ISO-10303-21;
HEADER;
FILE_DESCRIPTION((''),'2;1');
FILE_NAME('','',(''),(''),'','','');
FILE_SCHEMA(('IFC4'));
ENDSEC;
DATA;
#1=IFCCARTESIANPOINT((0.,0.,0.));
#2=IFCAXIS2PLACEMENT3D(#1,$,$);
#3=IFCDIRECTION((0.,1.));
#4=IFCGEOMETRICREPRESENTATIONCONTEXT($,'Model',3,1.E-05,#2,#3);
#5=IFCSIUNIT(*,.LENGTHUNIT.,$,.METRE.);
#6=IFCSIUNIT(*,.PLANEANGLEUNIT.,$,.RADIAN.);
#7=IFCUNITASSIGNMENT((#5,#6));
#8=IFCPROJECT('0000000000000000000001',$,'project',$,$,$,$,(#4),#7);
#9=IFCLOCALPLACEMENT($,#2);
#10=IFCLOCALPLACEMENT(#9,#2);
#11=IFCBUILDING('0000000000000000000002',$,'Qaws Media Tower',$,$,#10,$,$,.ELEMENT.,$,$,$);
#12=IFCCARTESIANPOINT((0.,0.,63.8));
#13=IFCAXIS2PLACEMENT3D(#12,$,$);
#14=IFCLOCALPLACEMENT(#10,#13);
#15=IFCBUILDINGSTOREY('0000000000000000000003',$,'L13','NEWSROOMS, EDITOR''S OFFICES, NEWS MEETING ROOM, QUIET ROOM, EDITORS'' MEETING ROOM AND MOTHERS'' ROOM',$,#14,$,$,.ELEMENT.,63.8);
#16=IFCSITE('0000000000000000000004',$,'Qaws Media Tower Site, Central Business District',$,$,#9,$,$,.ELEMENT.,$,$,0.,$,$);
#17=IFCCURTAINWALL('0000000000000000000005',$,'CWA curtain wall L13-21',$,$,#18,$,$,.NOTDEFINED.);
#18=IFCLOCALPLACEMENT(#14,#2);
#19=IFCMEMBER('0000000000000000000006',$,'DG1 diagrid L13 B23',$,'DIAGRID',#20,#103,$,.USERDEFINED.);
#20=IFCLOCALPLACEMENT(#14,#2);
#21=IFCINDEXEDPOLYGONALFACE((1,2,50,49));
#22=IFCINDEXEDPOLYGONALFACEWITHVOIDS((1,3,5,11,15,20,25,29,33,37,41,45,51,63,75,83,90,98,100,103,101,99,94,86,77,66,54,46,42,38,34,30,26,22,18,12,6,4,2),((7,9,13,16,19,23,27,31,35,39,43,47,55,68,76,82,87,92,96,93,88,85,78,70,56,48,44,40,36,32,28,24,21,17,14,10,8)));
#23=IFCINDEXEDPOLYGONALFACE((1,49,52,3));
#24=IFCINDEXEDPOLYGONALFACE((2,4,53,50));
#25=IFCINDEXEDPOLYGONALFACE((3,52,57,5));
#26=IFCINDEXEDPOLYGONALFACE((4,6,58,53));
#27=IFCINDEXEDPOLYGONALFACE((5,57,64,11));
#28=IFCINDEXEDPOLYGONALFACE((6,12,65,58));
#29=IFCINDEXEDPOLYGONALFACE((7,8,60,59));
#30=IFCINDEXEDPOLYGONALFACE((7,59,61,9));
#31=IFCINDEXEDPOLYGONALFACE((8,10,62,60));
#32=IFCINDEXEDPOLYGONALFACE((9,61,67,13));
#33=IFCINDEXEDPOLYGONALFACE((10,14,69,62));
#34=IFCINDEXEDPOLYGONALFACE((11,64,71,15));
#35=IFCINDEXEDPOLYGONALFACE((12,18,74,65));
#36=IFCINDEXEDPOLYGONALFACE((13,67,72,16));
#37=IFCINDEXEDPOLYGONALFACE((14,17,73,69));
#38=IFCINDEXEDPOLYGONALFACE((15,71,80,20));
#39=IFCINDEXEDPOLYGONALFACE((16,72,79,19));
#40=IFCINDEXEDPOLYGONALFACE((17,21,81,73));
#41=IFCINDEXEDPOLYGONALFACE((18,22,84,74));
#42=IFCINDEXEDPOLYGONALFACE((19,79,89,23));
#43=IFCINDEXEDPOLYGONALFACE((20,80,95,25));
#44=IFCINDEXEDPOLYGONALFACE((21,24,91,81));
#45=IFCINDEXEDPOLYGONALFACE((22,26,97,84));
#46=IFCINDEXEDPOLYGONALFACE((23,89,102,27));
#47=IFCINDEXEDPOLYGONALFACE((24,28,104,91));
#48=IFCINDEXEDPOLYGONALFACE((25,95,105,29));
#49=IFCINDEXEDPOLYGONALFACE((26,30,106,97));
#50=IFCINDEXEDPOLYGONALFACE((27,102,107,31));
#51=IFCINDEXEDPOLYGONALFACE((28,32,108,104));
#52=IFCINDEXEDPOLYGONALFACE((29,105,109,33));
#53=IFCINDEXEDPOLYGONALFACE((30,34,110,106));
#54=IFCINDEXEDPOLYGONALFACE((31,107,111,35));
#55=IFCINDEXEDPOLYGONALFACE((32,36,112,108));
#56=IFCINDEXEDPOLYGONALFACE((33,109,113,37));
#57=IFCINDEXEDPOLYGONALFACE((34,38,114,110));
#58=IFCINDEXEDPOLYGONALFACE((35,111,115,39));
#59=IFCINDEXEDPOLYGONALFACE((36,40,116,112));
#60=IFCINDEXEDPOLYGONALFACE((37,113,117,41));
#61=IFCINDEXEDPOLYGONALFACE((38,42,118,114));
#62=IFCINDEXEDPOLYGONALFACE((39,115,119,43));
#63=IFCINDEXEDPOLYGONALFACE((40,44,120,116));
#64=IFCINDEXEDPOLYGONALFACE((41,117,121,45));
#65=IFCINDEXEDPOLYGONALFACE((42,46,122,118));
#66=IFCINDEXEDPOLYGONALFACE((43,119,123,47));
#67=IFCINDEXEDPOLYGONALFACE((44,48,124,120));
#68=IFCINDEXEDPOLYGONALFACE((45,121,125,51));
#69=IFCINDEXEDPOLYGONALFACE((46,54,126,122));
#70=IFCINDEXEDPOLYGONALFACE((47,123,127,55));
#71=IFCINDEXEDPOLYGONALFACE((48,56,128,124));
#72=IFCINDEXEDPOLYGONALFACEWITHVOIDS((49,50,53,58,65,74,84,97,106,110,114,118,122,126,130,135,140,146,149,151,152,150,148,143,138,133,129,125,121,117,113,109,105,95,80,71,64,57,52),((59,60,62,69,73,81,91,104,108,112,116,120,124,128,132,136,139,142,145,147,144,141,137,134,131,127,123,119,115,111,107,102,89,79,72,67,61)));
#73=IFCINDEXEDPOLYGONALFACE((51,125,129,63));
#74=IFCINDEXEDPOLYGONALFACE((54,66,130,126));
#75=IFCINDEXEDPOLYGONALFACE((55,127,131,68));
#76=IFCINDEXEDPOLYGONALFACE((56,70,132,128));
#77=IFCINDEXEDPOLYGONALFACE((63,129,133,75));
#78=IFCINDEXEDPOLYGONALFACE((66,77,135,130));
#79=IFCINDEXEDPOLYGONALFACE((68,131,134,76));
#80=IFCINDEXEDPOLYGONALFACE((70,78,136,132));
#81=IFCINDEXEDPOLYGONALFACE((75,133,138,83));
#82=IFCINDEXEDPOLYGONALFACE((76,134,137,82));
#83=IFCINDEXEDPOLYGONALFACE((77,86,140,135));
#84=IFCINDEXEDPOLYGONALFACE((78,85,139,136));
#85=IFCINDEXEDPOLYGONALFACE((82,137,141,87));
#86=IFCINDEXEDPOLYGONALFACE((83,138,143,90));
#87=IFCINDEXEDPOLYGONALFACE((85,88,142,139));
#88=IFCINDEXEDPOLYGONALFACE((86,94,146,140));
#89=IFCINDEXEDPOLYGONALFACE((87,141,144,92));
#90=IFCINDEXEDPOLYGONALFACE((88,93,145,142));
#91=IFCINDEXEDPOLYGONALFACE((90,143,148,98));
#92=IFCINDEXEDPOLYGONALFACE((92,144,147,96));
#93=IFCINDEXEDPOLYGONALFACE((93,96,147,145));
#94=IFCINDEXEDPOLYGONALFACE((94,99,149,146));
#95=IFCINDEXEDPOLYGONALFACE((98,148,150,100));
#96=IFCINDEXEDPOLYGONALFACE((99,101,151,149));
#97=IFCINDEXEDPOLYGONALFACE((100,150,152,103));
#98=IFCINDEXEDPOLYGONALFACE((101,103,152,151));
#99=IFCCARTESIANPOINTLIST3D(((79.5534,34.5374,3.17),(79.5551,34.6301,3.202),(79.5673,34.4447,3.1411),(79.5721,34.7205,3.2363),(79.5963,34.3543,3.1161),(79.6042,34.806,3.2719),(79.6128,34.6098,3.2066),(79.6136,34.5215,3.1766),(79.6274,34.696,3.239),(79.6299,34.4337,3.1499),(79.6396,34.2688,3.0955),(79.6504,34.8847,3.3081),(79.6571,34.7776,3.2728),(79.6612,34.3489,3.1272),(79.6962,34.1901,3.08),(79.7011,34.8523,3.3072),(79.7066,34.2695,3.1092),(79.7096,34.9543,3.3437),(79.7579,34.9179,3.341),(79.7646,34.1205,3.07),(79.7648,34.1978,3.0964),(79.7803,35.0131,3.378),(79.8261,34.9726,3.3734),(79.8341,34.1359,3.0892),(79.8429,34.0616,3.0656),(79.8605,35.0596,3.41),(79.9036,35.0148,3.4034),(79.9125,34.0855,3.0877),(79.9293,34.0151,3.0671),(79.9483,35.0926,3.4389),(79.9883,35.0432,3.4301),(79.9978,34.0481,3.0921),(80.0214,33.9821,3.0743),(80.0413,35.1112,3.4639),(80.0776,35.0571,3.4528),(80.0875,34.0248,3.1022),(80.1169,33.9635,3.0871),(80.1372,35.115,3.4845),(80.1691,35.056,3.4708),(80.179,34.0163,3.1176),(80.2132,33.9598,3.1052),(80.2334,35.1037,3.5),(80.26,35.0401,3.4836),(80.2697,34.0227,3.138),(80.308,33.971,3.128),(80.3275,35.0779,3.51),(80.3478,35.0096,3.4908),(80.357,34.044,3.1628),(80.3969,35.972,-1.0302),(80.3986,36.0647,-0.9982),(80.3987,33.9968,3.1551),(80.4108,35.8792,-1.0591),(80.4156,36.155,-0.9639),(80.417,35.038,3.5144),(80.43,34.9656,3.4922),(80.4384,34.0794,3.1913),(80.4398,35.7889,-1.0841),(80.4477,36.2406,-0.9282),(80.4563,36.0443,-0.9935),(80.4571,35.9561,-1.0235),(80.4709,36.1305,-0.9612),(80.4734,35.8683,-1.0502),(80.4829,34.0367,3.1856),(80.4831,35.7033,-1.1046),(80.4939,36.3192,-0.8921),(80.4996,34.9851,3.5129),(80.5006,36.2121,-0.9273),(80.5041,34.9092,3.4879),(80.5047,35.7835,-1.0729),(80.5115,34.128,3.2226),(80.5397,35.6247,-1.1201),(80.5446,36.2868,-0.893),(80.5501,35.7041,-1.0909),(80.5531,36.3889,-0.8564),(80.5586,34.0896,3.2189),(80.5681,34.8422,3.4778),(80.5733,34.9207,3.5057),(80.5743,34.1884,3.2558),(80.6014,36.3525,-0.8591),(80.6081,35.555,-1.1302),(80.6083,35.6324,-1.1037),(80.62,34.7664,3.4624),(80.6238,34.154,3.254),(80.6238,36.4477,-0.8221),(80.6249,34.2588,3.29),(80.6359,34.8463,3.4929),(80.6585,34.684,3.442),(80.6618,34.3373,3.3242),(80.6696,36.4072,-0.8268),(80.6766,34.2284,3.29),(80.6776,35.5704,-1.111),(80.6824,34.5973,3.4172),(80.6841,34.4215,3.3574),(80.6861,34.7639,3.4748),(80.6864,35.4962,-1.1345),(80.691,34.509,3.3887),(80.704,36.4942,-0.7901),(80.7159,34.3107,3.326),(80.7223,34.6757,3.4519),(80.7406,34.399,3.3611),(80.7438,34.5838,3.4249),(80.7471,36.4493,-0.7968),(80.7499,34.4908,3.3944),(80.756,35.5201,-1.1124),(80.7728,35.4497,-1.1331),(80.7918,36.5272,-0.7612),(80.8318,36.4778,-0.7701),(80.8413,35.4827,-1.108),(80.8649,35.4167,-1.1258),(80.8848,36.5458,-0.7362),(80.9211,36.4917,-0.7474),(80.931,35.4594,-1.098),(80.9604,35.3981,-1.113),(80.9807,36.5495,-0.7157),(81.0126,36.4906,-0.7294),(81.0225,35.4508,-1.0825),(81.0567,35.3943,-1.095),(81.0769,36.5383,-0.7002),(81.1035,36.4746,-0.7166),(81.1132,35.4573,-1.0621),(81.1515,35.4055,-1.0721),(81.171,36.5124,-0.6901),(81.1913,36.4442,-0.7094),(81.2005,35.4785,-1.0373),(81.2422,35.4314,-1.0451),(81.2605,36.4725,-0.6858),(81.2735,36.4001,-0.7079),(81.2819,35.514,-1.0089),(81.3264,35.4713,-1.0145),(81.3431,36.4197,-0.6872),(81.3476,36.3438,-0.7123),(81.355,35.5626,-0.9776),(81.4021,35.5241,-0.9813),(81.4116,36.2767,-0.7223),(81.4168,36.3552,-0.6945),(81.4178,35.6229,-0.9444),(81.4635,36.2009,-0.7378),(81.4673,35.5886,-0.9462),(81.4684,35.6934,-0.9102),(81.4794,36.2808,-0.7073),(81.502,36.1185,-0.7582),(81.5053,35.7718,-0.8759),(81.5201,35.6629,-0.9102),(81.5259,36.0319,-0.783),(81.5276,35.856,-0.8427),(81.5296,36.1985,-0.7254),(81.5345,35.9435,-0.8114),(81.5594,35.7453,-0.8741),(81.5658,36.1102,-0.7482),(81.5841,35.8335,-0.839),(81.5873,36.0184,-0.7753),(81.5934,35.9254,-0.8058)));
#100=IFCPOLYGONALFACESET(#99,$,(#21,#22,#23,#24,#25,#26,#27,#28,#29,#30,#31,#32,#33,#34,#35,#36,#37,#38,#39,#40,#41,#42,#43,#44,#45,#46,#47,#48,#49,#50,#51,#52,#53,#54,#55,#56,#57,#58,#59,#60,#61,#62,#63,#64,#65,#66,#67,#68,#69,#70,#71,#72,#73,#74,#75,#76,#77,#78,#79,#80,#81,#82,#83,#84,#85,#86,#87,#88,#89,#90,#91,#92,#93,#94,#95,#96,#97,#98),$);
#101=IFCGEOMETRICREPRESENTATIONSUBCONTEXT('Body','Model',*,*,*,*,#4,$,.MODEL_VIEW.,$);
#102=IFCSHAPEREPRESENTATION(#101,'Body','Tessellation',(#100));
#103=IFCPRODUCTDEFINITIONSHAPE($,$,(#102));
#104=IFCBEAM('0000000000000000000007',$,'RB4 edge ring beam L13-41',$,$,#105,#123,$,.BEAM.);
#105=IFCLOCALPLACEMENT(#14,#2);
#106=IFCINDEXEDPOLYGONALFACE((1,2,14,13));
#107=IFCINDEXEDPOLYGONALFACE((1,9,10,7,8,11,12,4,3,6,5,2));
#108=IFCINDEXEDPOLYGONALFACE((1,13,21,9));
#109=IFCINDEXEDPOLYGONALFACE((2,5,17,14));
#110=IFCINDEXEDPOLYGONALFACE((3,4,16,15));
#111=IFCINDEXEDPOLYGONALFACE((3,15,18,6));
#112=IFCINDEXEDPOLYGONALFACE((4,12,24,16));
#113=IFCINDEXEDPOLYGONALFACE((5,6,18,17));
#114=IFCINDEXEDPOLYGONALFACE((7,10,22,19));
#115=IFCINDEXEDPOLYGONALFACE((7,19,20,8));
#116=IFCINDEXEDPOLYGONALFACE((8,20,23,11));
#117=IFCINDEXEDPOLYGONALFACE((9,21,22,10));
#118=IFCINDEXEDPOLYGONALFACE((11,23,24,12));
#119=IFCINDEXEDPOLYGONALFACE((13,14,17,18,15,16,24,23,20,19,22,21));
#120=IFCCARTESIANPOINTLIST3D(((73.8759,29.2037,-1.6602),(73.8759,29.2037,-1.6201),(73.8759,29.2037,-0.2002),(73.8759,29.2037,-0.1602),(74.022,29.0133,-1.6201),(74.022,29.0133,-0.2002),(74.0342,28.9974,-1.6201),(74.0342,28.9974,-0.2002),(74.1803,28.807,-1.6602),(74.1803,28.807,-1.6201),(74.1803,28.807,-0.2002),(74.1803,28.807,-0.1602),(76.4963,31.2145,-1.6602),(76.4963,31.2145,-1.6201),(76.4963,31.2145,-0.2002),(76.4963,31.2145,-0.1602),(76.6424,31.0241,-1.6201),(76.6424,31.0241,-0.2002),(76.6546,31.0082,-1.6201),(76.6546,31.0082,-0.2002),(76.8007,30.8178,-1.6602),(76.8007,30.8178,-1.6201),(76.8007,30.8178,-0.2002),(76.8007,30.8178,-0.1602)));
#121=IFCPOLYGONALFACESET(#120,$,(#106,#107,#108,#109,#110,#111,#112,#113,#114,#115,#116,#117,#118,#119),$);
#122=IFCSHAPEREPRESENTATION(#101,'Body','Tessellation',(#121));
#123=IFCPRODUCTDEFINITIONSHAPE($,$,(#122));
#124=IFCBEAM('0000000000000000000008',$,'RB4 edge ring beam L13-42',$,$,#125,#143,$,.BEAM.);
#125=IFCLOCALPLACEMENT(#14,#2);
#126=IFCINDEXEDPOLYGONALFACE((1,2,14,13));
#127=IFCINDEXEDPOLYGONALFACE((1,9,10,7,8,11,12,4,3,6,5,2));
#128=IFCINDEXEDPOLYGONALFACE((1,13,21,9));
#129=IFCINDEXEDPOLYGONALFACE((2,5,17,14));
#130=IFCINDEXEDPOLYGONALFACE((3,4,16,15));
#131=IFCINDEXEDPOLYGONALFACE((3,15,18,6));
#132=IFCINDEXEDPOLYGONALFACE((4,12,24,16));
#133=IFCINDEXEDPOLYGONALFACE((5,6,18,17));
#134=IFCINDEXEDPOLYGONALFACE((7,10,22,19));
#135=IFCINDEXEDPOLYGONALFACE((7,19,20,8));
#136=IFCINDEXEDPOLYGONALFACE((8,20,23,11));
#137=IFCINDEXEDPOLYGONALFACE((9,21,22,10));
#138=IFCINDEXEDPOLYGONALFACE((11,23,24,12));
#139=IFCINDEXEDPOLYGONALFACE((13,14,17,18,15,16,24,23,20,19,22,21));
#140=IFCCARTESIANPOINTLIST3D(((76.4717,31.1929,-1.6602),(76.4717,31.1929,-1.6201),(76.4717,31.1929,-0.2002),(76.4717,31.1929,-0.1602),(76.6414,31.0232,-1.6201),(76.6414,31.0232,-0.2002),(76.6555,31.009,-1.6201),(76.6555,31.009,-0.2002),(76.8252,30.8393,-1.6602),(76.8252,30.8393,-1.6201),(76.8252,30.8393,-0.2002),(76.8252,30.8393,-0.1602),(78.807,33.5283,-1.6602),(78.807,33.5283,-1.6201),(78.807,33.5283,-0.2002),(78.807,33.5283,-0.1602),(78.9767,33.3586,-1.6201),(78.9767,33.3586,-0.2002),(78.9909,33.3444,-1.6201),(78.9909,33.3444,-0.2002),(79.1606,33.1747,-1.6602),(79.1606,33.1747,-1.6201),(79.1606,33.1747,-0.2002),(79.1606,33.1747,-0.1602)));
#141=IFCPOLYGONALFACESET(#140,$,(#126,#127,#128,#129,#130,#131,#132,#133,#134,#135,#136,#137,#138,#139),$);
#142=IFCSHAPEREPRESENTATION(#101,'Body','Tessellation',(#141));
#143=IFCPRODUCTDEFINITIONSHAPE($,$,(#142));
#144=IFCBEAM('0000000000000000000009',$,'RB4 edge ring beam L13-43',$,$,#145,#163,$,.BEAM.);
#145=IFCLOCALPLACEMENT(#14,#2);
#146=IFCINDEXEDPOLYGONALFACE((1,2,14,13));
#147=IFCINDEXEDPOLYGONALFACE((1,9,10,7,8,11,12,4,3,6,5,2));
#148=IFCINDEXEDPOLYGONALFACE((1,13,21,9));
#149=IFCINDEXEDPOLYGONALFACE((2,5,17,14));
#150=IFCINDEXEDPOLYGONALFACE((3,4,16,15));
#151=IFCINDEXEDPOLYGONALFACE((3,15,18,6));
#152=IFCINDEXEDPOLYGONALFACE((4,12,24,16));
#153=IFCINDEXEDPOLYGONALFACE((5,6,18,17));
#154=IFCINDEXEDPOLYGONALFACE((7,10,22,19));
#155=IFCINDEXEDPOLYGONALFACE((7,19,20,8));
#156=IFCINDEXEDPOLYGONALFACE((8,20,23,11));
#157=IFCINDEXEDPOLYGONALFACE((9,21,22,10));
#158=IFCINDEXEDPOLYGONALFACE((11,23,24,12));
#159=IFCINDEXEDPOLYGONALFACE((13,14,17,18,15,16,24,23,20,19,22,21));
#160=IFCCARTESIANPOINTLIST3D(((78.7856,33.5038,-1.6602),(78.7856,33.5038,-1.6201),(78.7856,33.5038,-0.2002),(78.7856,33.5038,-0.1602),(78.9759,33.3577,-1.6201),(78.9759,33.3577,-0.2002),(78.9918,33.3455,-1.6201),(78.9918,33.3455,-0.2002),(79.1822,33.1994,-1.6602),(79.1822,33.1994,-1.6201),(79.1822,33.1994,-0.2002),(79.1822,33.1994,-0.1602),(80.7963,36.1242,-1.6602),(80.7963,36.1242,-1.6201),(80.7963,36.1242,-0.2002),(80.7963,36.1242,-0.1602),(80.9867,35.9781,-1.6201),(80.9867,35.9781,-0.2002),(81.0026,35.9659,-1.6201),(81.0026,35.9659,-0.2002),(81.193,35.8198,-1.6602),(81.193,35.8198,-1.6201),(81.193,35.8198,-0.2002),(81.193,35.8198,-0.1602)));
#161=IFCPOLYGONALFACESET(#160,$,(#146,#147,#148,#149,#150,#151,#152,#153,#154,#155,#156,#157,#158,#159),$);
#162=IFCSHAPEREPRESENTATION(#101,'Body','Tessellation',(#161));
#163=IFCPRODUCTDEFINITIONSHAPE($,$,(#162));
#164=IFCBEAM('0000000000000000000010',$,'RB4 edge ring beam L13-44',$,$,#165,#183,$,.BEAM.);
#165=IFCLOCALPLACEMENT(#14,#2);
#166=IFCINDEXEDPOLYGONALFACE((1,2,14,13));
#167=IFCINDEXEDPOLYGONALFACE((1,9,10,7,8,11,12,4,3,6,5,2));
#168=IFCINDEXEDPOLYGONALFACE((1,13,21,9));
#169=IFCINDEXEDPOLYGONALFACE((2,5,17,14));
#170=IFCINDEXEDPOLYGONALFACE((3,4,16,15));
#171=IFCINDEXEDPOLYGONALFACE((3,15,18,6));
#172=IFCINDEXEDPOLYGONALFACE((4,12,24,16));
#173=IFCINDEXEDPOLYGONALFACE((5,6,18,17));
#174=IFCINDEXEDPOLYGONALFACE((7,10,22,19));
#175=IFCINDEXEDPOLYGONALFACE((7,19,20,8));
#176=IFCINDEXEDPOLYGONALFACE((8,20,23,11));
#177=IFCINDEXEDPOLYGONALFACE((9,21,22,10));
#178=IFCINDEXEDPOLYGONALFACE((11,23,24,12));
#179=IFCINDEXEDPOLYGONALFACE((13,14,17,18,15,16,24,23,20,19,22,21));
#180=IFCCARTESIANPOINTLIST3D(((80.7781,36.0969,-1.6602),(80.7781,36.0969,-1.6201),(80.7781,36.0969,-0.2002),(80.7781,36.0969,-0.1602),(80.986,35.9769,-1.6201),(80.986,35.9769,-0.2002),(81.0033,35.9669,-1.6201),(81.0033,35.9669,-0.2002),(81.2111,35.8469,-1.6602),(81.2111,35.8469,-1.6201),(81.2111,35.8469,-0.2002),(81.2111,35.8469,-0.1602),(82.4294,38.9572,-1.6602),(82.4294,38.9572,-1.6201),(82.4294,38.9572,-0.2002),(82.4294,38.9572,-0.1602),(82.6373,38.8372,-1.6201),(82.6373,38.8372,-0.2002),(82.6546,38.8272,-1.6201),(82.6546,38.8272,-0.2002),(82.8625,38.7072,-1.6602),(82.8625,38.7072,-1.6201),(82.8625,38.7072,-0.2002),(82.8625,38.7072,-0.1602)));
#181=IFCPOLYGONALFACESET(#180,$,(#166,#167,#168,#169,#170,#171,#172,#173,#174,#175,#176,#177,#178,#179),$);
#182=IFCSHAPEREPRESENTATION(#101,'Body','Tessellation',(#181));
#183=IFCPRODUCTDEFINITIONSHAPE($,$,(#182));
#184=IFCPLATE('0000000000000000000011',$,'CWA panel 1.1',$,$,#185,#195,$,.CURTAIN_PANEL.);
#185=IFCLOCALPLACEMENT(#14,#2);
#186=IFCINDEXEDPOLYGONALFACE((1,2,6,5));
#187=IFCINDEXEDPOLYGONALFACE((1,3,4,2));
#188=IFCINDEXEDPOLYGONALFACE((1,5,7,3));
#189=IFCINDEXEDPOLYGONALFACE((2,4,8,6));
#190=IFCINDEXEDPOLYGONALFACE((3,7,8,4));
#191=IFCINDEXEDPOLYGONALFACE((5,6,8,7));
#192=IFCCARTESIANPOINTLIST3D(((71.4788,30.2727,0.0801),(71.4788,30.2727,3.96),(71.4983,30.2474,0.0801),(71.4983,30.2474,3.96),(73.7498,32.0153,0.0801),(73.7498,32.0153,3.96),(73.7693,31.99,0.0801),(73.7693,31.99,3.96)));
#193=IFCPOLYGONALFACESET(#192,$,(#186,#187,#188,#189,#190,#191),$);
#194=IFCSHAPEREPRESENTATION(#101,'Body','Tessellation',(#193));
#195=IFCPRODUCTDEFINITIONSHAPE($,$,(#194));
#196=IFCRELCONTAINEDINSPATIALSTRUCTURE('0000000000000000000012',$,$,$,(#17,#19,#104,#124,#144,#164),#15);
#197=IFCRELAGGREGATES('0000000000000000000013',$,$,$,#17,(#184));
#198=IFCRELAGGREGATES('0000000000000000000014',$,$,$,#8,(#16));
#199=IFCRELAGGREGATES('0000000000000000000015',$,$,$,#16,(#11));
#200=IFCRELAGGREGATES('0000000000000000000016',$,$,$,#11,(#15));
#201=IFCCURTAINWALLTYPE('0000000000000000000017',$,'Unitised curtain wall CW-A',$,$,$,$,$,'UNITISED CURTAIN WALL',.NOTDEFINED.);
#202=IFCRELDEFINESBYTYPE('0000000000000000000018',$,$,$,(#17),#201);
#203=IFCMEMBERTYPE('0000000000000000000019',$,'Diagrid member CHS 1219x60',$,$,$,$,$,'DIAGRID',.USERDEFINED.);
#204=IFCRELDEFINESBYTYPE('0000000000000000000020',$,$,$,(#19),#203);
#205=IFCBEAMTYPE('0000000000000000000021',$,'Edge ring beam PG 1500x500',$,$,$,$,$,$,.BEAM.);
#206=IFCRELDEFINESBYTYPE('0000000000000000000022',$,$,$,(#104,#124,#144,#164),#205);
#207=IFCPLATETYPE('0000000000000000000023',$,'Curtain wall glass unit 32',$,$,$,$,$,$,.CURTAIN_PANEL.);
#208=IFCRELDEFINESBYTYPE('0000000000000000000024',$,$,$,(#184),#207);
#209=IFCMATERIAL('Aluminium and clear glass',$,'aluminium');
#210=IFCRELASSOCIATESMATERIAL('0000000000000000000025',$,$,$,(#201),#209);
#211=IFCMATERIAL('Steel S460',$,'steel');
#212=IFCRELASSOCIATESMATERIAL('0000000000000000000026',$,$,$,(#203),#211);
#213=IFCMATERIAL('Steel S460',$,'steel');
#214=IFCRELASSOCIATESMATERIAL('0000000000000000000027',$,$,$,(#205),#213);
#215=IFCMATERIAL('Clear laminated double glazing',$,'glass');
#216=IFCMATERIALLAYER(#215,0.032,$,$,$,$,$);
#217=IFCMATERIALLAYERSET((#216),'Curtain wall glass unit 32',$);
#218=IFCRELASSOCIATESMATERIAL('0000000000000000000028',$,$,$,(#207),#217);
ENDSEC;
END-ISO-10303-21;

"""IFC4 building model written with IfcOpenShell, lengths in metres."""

from ifc_helpers import new_model, si_unit, direction, frame, origin, origin_2d, place, context, subcontext, project, spatial, rectangle, hollow_circle, i_section, extrude, material, layer, layer_set, material_profile, profile_set, type_object, element, aggregate, save


model = new_model("IFC4")

# Units and contexts
model_context = context("Model", 3, precision=1e-05, world=origin(), true_north=direction((0.0, 1.0)))
body_context = subcontext(model_context, "Body", "Model", "MODEL_VIEW")
ifc_project = project(units=[si_unit("LENGTHUNIT", "METRE"), si_unit("PLANEANGLEUNIT", "RADIAN")], contexts=[model_context])

# Site, building, storey
site_placement = place(None, origin())
site = spatial("IfcSite", under=ifc_project, at=site_placement, Name="Qaws Media Tower Site, Central Business District", CompositionType="ELEMENT", RefElevation=0.0)
building_placement = place(site_placement, origin())
building = spatial("IfcBuilding", under=site, at=building_placement, Name="Qaws Media Tower", CompositionType="ELEMENT")
storey_placement = place(building_placement, frame((0.0, 0.0, 63.8)))
storey = spatial("IfcBuildingStorey", under=building, at=storey_placement, Name="L13", Description="NEWSROOMS, EDITOR'S OFFICES, NEWS MEETING ROOM, QUIET ROOM, EDITORS' MEETING ROOM AND MOTHERS' ROOM", CompositionType="ELEMENT", Elevation=63.8)

# Shared definitions
ifc_material_1 = material(Name="Aluminium and clear glass", Category="aluminium")
curtain_wall_type = type_object("IfcCurtainWallType", Name="Unitised curtain wall CW-A", ElementType="UNITISED CURTAIN WALL", PredefinedType="NOTDEFINED", material=ifc_material_1)

# Curtain wall
curtain_wall_1_placement = place(storey_placement, origin())
curtain_wall_1 = element("IfcCurtainWall", 1, at=curtain_wall_1_placement, inside=storey, type_object=curtain_wall_type, Name="CWA curtain wall L13-21", PredefinedType="NOTDEFINED")

# Member
ifc_material_2 = material(Name="Steel S460", Category="steel")
ifc_material_profile_1 = material_profile(ifc_material_2, hollow_circle(Radius=0.6096, WallThickness=0.0601, at=origin_2d()), Name="CHS 1219x60")
ifc_profile_set_1 = profile_set([ifc_material_profile_1], Name="Steel S460")
member_type_1 = type_object("IfcMemberType", Name="Diagrid member CHS 1219x60", ElementType="DIAGRID", PredefinedType="USERDEFINED", material=ifc_profile_set_1)
for number, where, z_axis, x_axis, name in (
    (2, (80.9946, 35.9719, -0.9102), (-0.186704, -0.317533, 0.929685), (0.862028, -0.50686, 0.0), "DG1 diagrid L13 B23"),
):
    element("IfcMember", number, at=place(storey_placement, frame(where, z_axis=z_axis, x_axis=x_axis)), inside=storey, type_object=member_type_1, Name=name, ObjectType="DIAGRID", PredefinedType="USERDEFINED", context=body_context, shape_type="SweptSolid", body=[
        extrude(hollow_circle(Radius=0.6096, WallThickness=0.0601, at=origin_2d()), origin(), (0.0, 0.0, 1.0), 4.5178),
    ])

# Beams
ifc_material_3 = material(Name="Steel S460", Category="steel")
ifc_material_profile_2 = material_profile(ifc_material_3, i_section(OverallWidth=0.5, OverallDepth=1.5, WebThickness=0.02, FlangeThickness=0.04, at=origin_2d()), Name="PG 1500x500")
ifc_profile_set_2 = profile_set([ifc_material_profile_2], Name="Steel S460")
beam_type = type_object("IfcBeamType", Name="Edge ring beam PG 1500x500", PredefinedType="BEAM", material=ifc_profile_set_2)
beam_1_placement = place(storey_placement, frame((74.0281, 29.0054, -0.9102), z_axis=(0.793343, 0.608774, 0.0), x_axis=(-0.608774, 0.793343, 0.0)))
element("IfcBeam", 3, at=beam_1_placement, inside=storey, type_object=beam_type, Name="RB4 edge ring beam L13-41", PredefinedType="BEAM", context=body_context, shape_type="SweptSolid", body=[
    extrude(i_section(OverallWidth=0.5, OverallDepth=1.5, WebThickness=0.02, FlangeThickness=0.04, at=origin_2d()), origin(), (0.0, 0.0, 1.0), 3.303),
])
beam_2_placement = place(storey_placement, frame((76.6484, 31.0161, -0.9102), z_axis=(0.707107, 0.707107, 0.0), x_axis=(-0.707107, 0.707107, 0.0)))
element("IfcBeam", 4, at=beam_2_placement, inside=storey, type_object=beam_type, Name="RB4 edge ring beam L13-42", PredefinedType="BEAM", context=body_context, shape_type="SweptSolid", body=[
    extrude(i_section(OverallWidth=0.5, OverallDepth=1.5, WebThickness=0.02, FlangeThickness=0.04, at=origin_2d()), origin(), (0.0, 0.0, 1.0), 3.3027),
])
beam_3_placement = place(storey_placement, frame((78.9839, 33.3516, -0.9102), z_axis=(0.608774, 0.793343, 0.0), x_axis=(-0.793343, 0.608774, 0.0)))
element("IfcBeam", 5, at=beam_3_placement, inside=storey, type_object=beam_type, Name="RB4 edge ring beam L13-43", PredefinedType="BEAM", context=body_context, shape_type="SweptSolid", body=[
    extrude(i_section(OverallWidth=0.5, OverallDepth=1.5, WebThickness=0.02, FlangeThickness=0.04, at=origin_2d()), origin(), (0.0, 0.0, 1.0), 3.303),
])
beam_4_placement = place(storey_placement, frame((80.9946, 35.9719, -0.9102), z_axis=(0.499987, 0.866033, 0.0), x_axis=(-0.866033, 0.499987, 0.0)))
element("IfcBeam", 6, at=beam_4_placement, inside=storey, type_object=beam_type, Name="RB4 edge ring beam L13-44", PredefinedType="BEAM", context=body_context, shape_type="SweptSolid", body=[
    extrude(i_section(OverallWidth=0.5, OverallDepth=1.5, WebThickness=0.02, FlangeThickness=0.04, at=origin_2d()), origin(), (0.0, 0.0, 1.0), 3.3027),
])

# Plate
ifc_material_4 = material(Name="Clear laminated double glazing", Category="glass")
ifc_layer_1 = layer(ifc_material_4, 0.032)
ifc_layer_set_1 = layer_set([ifc_layer_1], Name="Curtain wall glass unit 32")
plate_type_1 = type_object("IfcPlateType", Name="Curtain wall glass unit 32", PredefinedType="CURTAIN_PANEL", material=ifc_layer_set_1)
plate_1_placement = place(storey_placement, frame((72.624, 31.1313, 0.0801), z_axis=(0.0, 0.0, 1.0), x_axis=(0.793353, 0.608761, 0.0)))
plate_1 = element("IfcPlate", 7, at=plate_1_placement, type_object=plate_type_1, Name="CWA panel 1.1", PredefinedType="CURTAIN_PANEL", context=body_context, shape_type="SweptSolid", body=[
    extrude(rectangle(XDim=2.8625, YDim=0.032, at=origin_2d()), origin(), (0.0, 0.0, 1.0), 3.8799),
])
aggregate(curtain_wall_1, [plate_1])

save(model, "model.ifc")
